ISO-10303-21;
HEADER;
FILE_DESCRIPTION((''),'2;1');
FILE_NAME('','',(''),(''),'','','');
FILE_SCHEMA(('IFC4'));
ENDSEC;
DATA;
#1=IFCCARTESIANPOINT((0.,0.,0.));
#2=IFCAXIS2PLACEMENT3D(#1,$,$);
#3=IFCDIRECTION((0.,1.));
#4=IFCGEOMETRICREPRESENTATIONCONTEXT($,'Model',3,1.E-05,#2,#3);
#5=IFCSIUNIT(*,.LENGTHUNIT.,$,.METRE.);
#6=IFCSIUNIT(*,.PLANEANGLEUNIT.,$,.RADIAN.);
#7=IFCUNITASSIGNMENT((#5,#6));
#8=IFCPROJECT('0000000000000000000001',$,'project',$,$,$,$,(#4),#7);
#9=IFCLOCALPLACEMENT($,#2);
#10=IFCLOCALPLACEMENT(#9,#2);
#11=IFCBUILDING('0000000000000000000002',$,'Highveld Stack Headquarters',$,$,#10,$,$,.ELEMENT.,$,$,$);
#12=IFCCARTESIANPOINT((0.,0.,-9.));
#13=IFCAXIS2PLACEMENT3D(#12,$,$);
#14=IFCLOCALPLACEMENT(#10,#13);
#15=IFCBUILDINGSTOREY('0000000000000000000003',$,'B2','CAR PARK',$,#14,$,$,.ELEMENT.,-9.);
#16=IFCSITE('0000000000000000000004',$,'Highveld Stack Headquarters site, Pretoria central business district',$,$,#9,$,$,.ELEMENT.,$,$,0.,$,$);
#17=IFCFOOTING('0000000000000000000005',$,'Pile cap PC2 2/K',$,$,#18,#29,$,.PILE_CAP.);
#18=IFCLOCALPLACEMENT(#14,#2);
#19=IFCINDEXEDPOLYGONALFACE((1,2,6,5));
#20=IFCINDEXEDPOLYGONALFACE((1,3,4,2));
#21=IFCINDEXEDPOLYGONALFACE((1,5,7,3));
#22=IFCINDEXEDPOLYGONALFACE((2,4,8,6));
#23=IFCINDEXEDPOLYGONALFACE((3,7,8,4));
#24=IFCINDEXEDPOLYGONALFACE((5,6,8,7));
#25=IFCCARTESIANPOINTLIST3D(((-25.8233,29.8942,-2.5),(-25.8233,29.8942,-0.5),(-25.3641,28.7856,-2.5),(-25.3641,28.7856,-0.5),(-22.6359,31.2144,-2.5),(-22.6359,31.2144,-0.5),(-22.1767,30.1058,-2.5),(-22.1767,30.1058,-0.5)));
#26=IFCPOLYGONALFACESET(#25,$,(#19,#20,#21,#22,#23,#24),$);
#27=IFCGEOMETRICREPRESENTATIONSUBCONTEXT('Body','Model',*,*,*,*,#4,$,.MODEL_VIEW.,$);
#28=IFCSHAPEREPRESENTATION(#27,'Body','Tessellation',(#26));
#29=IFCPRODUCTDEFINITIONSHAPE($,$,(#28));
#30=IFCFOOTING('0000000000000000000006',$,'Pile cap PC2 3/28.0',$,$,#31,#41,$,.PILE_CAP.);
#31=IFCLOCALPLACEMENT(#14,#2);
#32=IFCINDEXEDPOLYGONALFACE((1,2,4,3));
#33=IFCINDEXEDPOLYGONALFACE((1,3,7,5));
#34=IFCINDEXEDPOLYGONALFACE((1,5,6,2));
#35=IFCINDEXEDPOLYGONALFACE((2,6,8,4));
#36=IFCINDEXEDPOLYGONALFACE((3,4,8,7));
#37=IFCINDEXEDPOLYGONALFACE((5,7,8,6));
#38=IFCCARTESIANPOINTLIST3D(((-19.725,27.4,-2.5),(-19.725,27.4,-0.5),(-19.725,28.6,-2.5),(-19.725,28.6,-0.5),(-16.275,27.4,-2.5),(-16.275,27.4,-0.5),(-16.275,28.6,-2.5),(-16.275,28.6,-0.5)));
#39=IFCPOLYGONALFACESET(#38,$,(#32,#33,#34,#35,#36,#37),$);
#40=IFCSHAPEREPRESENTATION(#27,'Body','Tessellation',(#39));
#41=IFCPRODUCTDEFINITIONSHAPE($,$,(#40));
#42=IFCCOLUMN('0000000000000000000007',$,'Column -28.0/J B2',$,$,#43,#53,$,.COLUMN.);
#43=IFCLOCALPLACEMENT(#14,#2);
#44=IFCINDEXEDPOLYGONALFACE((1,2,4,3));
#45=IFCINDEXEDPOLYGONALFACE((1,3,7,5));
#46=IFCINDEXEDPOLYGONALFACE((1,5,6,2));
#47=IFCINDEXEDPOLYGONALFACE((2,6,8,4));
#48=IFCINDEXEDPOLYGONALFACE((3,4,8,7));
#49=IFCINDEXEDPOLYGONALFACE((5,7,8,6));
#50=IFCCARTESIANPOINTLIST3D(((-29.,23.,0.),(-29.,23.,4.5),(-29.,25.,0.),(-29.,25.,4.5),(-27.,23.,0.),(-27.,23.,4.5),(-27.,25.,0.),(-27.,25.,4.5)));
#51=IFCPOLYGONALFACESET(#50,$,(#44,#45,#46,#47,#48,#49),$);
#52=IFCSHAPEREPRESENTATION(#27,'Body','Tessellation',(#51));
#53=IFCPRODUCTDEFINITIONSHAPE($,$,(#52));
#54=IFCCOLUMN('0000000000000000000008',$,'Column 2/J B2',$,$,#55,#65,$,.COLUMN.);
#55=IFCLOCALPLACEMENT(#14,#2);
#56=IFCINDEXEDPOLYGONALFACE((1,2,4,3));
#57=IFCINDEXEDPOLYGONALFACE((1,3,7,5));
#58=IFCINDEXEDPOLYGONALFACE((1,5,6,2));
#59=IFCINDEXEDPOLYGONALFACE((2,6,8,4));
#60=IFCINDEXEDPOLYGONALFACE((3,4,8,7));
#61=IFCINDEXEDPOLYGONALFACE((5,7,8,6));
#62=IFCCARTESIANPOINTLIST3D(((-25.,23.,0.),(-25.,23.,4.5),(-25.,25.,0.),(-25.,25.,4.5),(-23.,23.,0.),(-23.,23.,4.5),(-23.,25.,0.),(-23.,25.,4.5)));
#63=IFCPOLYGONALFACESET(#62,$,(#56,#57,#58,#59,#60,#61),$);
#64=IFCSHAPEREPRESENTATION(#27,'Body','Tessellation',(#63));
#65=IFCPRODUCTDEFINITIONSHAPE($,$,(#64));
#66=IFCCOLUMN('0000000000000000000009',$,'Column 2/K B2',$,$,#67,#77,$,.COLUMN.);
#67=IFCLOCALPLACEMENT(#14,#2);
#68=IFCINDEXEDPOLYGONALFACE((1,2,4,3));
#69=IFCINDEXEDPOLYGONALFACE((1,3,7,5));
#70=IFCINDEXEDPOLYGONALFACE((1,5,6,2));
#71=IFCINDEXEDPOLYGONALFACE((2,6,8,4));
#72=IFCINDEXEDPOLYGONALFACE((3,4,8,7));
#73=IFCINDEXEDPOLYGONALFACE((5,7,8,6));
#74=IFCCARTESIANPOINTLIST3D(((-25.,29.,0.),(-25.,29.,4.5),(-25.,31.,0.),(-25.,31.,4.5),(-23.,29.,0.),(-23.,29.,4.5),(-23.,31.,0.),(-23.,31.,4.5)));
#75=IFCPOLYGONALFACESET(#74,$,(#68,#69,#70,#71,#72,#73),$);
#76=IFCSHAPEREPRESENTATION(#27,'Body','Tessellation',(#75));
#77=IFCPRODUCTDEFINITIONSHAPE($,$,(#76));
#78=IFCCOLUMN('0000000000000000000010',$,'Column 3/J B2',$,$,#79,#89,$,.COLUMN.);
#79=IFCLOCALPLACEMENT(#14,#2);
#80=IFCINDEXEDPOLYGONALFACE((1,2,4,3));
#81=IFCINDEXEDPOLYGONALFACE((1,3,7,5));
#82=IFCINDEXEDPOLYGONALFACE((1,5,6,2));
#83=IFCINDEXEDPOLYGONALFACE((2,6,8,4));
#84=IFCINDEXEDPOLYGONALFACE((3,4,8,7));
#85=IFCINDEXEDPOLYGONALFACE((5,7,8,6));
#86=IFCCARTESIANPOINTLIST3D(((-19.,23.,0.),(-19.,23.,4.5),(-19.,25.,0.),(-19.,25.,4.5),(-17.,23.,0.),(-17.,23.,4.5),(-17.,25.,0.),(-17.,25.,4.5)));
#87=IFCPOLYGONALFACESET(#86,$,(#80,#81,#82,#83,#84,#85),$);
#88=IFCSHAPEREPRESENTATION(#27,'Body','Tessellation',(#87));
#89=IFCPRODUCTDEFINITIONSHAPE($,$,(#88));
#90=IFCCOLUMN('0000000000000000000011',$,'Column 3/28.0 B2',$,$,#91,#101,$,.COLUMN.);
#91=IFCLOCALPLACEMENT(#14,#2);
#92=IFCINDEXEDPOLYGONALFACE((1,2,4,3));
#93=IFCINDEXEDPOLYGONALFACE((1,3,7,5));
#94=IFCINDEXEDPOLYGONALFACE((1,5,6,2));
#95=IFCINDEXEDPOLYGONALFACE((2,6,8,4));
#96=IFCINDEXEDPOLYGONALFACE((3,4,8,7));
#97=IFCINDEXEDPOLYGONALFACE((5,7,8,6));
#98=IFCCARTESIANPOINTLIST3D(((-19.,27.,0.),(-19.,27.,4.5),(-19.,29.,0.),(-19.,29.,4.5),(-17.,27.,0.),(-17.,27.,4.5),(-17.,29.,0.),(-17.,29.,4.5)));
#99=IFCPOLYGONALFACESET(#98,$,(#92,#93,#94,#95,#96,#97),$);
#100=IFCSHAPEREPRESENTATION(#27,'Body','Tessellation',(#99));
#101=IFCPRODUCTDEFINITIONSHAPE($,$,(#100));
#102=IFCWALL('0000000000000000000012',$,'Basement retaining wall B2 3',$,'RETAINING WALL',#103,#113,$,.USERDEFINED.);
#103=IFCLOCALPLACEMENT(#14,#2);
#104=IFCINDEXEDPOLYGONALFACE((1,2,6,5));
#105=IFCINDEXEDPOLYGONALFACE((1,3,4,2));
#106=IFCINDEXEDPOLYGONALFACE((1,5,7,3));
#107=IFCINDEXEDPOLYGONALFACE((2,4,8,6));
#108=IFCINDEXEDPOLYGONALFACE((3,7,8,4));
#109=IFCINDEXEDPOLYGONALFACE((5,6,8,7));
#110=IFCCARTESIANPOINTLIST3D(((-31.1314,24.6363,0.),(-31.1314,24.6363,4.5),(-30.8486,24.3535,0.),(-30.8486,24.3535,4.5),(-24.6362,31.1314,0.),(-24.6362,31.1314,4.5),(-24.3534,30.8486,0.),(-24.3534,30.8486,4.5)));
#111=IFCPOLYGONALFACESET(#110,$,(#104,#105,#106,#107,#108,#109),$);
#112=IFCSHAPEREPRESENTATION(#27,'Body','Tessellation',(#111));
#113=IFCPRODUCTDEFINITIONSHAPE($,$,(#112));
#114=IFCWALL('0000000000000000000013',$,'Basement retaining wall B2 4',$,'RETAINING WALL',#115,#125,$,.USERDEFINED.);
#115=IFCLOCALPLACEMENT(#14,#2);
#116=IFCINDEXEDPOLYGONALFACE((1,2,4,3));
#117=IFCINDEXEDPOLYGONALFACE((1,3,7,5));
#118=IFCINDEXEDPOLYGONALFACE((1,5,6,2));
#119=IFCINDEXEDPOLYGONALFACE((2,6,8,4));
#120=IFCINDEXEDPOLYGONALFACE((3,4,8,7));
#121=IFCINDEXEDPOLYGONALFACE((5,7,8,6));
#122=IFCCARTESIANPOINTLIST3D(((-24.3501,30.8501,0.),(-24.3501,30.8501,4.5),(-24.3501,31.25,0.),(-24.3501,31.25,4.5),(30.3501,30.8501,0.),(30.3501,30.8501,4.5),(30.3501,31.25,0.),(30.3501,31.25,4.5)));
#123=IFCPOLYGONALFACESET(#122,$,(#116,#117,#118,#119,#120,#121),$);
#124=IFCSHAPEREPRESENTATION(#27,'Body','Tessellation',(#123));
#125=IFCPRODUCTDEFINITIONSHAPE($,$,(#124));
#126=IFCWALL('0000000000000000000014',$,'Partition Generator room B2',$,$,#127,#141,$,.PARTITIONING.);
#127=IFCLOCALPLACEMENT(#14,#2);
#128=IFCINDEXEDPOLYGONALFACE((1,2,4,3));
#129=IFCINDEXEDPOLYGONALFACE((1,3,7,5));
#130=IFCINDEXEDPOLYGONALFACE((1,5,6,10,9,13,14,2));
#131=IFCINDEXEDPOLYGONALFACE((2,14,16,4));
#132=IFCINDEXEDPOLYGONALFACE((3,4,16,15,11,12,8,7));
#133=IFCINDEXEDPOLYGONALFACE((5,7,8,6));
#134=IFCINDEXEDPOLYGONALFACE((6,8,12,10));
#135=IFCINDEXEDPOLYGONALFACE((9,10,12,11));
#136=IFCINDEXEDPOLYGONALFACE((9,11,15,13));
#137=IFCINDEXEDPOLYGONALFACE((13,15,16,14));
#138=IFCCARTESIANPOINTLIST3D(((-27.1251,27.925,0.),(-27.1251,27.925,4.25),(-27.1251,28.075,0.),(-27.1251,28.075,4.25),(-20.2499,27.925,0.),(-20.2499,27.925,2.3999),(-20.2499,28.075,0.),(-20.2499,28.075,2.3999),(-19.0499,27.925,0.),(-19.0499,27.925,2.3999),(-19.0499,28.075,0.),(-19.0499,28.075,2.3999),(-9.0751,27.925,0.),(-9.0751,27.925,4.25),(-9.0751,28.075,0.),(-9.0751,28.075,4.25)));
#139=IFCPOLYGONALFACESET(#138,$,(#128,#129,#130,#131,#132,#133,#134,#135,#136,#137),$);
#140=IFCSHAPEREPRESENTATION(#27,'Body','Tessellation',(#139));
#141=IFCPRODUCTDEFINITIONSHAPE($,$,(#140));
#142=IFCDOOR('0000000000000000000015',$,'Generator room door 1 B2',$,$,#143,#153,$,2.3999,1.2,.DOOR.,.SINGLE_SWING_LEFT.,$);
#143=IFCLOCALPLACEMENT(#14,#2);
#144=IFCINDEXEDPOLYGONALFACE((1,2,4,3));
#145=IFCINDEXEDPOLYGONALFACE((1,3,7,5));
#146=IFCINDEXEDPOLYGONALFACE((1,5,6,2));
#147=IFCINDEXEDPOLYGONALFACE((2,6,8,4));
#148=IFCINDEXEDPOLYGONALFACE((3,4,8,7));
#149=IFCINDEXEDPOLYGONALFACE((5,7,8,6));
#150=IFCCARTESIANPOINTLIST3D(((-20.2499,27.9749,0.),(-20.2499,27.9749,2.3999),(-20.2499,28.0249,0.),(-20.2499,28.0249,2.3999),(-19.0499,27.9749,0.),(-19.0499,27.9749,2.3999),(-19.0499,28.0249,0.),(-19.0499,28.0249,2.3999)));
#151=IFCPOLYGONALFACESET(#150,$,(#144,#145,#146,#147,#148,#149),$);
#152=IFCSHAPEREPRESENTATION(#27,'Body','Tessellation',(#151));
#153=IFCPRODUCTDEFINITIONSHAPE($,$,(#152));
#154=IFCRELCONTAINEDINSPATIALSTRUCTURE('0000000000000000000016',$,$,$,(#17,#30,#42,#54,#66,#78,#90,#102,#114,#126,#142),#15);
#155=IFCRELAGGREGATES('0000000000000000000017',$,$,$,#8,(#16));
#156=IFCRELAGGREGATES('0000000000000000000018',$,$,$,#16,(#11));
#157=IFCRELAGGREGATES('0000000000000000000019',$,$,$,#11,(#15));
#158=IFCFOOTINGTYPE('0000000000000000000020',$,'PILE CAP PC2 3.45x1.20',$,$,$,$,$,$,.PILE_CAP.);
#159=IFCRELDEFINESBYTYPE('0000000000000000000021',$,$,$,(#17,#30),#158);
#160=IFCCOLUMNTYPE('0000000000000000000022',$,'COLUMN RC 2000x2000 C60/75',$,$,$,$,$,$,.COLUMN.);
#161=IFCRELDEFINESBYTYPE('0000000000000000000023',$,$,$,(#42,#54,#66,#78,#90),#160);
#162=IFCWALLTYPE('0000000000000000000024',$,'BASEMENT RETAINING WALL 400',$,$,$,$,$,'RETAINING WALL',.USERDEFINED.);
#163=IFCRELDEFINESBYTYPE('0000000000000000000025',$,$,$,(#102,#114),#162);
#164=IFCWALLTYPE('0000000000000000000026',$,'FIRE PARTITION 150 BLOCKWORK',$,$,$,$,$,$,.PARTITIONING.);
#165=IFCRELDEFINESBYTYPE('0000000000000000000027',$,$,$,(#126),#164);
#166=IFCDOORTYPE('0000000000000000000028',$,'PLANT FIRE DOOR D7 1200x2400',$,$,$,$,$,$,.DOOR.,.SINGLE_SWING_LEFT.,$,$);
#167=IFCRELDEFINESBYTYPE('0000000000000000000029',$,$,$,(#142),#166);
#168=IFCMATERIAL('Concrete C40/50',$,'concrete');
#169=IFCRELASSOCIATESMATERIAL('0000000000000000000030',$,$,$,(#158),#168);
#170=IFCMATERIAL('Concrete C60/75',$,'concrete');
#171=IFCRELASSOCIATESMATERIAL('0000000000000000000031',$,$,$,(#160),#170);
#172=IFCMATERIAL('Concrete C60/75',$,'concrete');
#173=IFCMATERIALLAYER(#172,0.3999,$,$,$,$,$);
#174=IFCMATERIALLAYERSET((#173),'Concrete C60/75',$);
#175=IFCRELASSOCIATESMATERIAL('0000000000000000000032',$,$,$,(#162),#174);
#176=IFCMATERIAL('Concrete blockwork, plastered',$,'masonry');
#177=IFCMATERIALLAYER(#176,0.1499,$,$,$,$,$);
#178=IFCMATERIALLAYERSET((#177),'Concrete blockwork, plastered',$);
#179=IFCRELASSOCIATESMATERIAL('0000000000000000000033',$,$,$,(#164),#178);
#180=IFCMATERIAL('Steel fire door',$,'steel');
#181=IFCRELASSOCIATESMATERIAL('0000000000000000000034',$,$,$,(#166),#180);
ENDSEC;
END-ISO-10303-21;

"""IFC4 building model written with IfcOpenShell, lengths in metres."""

from ifc_helpers import new_model, si_unit, direction, frame, frame_2d, origin, origin_2d, place, context, subcontext, project, spatial, rectangle, extrude, material, layer, layer_set, material_profile, profile_set, type_object, element, fill, save


model = new_model("IFC4")

# Units and contexts
model_context = context("Model", 3, precision=1e-05, world=origin(), true_north=direction((0.0, 1.0)))
body_context = subcontext(model_context, "Body", "Model", "MODEL_VIEW")
ifc_project = project(units=[si_unit("LENGTHUNIT", "METRE"), si_unit("PLANEANGLEUNIT", "RADIAN")], contexts=[model_context])

# Site, building, storey
site_placement = place(None, origin())
site = spatial("IfcSite", under=ifc_project, at=site_placement, Name="Highveld Stack Headquarters site, Pretoria central business district", CompositionType="ELEMENT", RefElevation=0.0)
building_placement = place(site_placement, origin())
building = spatial("IfcBuilding", under=site, at=building_placement, Name="Highveld Stack Headquarters", CompositionType="ELEMENT")
storey_placement = place(building_placement, frame((0.0, 0.0, -9.0)))
storey = spatial("IfcBuildingStorey", under=building, at=storey_placement, Name="B2", Description="CAR PARK", CompositionType="ELEMENT", Elevation=-9.0)

# Footings
ifc_material_1 = material(Name="Concrete C40/50", Category="concrete")
footing_type_1 = type_object("IfcFootingType", Name="PILE CAP PC2 3.45x1.20", PredefinedType="PILE_CAP", material=ifc_material_1)
for number, where, z_axis, x_axis, name in (
    (1, (-24.0, 30.0, -2.5), (0.0, 0.0, 1.0), (-0.92388, -0.382683, 0.0), "Pile cap PC2 2/K"),
    (2, (-18.0, 28.0, -2.5), (0.0, 0.0, 1.0), (1.0, 0.0, 0.0), "Pile cap PC2 3/28.0"),
):
    element("IfcFooting", number, at=place(storey_placement, frame(where, z_axis=z_axis, x_axis=x_axis)), inside=storey, type_object=footing_type_1, Name=name, PredefinedType="PILE_CAP", context=body_context, shape_type="SweptSolid", body=[
        extrude(rectangle(XDim=3.45, YDim=1.2, at=origin_2d()), origin(), (0.0, 0.0, 1.0), 2.0),
    ])

# Columns
ifc_material_2 = material(Name="Concrete C60/75", Category="concrete")
ifc_material_profile = material_profile(ifc_material_2, rectangle(XDim=2.0, YDim=2.0, at=origin_2d()), Name="RC 2000x2000")
ifc_profile_set = profile_set([ifc_material_profile], Name="Concrete C60/75")
column_type = type_object("IfcColumnType", Name="COLUMN RC 2000x2000 C60/75", PredefinedType="COLUMN", material=ifc_profile_set)
for number, where, z_axis, x_axis, name in (
    (3, (-28.0, 24.0, 0.0), (0.0, 0.0, 1.0), (1.0, 0.0, 0.0), "Column -28.0/J B2"),
    (4, (-24.0, 24.0, 0.0), (0.0, 0.0, 1.0), (1.0, 0.0, 0.0), "Column 2/J B2"),
    (5, (-24.0, 30.0, 0.0), (0.0, 0.0, 1.0), (1.0, 0.0, 0.0), "Column 2/K B2"),
    (6, (-18.0, 24.0, 0.0), (0.0, 0.0, 1.0), (1.0, 0.0, 0.0), "Column 3/J B2"),
    (7, (-18.0, 28.0, 0.0), (0.0, 0.0, 1.0), (1.0, 0.0, 0.0), "Column 3/28.0 B2"),
):
    element("IfcColumn", number, at=place(storey_placement, frame(where, z_axis=z_axis, x_axis=x_axis)), inside=storey, type_object=column_type, Name=name, PredefinedType="COLUMN", context=body_context, shape_type="SweptSolid", body=[
        extrude(rectangle(XDim=2.0, YDim=2.0, at=origin_2d()), origin(), (0.0, 0.0, 1.0), 4.5),
    ])

# Walls
ifc_material_3 = material(Name="Concrete C60/75", Category="concrete")
ifc_layer_1 = layer(ifc_material_3, 0.3999)
ifc_layer_set_1 = layer_set([ifc_layer_1], Name="Concrete C60/75")
wall_type_1 = type_object("IfcWallType", Name="BASEMENT RETAINING WALL 400", ElementType="RETAINING WALL", PredefinedType="USERDEFINED", material=ifc_layer_set_1)
wall_1_placement = place(storey_placement, frame((-30.99, 24.4949, 0.0), z_axis=(0.0, 0.0, 1.0), x_axis=(0.707107, 0.707107, 0.0)))
element("IfcWall", 8, at=wall_1_placement, inside=storey, type_object=wall_type_1, Name="Basement retaining wall B2 3", ObjectType="RETAINING WALL", PredefinedType="USERDEFINED", context=body_context, shape_type="SweptSolid", body=[
    extrude(rectangle(XDim=9.1855, YDim=0.3999, at=frame_2d((4.5928, 0.0))), origin(), (0.0, 0.0, 1.0), 4.5),
])
wall_2_placement = place(storey_placement, frame((-24.3501, 31.05, 0.0), z_axis=(0.0, 0.0, 1.0), x_axis=(1.0, 0.0, 0.0)))
element("IfcWall", 9, at=wall_2_placement, inside=storey, type_object=wall_type_1, Name="Basement retaining wall B2 4", ObjectType="RETAINING WALL", PredefinedType="USERDEFINED", context=body_context, shape_type="SweptSolid", body=[
    extrude(rectangle(XDim=54.7002, YDim=0.3999, at=frame_2d((27.3501, 0.0))), origin(), (0.0, 0.0, 1.0), 4.5),
])

# Wall, opening, door
ifc_material_4 = material(Name="Concrete blockwork, plastered", Category="masonry")
ifc_layer_2 = layer(ifc_material_4, 0.1499)
ifc_layer_set_2 = layer_set([ifc_layer_2], Name="Concrete blockwork, plastered")
wall_type_2 = type_object("IfcWallType", Name="FIRE PARTITION 150 BLOCKWORK", PredefinedType="PARTITIONING", material=ifc_layer_set_2)
wall_3_placement = place(storey_placement, frame((-27.125, 28.0, 0.0), z_axis=(0.0, 0.0, 1.0), x_axis=(1.0, 0.0, 0.0)))
wall_3 = element("IfcWall", 10, at=wall_3_placement, inside=storey, type_object=wall_type_2, Name="Partition Generator room B2", PredefinedType="PARTITIONING", context=body_context, shape_type="SweptSolid", body=[
    extrude(rectangle(XDim=18.05, YDim=0.1499, at=frame_2d((9.0249, 0.0))), origin(), (0.0, 0.0, 1.0), 4.25),
])
opening_placement = place(wall_3_placement, frame((6.875, 0.0, 0.0)))
opening = element("IfcOpeningElement", 11, at=opening_placement, cuts=wall_3, PredefinedType="OPENING", context=body_context, shape_type="SweptSolid", body=[
    extrude(rectangle(XDim=1.2, YDim=2.3999, at=frame_2d((0.6001, 1.2))), frame((0.0, 0.085, 0.0), z_axis=(0.0, -1.0, 0.0), x_axis=(1.0, 0.0, 0.0)), (0.0, 0.0, 1.0), 0.1699),
])
ifc_material_5 = material(Name="Steel fire door", Category="steel")
door_type = type_object("IfcDoorType", Name="PLANT FIRE DOOR D7 1200x2400", OperationType="SINGLE_SWING_LEFT", PredefinedType="DOOR", material=ifc_material_5)
door_placement = place(opening_placement, origin())
door = element("IfcDoor", 12, at=door_placement, inside=storey, type_object=door_type, Name="Generator room door 1 B2", OperationType="SINGLE_SWING_LEFT", OverallHeight=2.3999, OverallWidth=1.2, PredefinedType="DOOR", context=body_context, shape_type="SweptSolid", body=[
    extrude(rectangle(XDim=1.2, YDim=2.3999, at=frame_2d((0.6001, 1.2))), frame((0.0, 0.0249, 0.0), z_axis=(0.0, -1.0, 0.0), x_axis=(1.0, 0.0, 0.0)), (0.0, 0.0, 1.0), 0.05),
])
fill(opening, door)

save(model, "model.ifc")
